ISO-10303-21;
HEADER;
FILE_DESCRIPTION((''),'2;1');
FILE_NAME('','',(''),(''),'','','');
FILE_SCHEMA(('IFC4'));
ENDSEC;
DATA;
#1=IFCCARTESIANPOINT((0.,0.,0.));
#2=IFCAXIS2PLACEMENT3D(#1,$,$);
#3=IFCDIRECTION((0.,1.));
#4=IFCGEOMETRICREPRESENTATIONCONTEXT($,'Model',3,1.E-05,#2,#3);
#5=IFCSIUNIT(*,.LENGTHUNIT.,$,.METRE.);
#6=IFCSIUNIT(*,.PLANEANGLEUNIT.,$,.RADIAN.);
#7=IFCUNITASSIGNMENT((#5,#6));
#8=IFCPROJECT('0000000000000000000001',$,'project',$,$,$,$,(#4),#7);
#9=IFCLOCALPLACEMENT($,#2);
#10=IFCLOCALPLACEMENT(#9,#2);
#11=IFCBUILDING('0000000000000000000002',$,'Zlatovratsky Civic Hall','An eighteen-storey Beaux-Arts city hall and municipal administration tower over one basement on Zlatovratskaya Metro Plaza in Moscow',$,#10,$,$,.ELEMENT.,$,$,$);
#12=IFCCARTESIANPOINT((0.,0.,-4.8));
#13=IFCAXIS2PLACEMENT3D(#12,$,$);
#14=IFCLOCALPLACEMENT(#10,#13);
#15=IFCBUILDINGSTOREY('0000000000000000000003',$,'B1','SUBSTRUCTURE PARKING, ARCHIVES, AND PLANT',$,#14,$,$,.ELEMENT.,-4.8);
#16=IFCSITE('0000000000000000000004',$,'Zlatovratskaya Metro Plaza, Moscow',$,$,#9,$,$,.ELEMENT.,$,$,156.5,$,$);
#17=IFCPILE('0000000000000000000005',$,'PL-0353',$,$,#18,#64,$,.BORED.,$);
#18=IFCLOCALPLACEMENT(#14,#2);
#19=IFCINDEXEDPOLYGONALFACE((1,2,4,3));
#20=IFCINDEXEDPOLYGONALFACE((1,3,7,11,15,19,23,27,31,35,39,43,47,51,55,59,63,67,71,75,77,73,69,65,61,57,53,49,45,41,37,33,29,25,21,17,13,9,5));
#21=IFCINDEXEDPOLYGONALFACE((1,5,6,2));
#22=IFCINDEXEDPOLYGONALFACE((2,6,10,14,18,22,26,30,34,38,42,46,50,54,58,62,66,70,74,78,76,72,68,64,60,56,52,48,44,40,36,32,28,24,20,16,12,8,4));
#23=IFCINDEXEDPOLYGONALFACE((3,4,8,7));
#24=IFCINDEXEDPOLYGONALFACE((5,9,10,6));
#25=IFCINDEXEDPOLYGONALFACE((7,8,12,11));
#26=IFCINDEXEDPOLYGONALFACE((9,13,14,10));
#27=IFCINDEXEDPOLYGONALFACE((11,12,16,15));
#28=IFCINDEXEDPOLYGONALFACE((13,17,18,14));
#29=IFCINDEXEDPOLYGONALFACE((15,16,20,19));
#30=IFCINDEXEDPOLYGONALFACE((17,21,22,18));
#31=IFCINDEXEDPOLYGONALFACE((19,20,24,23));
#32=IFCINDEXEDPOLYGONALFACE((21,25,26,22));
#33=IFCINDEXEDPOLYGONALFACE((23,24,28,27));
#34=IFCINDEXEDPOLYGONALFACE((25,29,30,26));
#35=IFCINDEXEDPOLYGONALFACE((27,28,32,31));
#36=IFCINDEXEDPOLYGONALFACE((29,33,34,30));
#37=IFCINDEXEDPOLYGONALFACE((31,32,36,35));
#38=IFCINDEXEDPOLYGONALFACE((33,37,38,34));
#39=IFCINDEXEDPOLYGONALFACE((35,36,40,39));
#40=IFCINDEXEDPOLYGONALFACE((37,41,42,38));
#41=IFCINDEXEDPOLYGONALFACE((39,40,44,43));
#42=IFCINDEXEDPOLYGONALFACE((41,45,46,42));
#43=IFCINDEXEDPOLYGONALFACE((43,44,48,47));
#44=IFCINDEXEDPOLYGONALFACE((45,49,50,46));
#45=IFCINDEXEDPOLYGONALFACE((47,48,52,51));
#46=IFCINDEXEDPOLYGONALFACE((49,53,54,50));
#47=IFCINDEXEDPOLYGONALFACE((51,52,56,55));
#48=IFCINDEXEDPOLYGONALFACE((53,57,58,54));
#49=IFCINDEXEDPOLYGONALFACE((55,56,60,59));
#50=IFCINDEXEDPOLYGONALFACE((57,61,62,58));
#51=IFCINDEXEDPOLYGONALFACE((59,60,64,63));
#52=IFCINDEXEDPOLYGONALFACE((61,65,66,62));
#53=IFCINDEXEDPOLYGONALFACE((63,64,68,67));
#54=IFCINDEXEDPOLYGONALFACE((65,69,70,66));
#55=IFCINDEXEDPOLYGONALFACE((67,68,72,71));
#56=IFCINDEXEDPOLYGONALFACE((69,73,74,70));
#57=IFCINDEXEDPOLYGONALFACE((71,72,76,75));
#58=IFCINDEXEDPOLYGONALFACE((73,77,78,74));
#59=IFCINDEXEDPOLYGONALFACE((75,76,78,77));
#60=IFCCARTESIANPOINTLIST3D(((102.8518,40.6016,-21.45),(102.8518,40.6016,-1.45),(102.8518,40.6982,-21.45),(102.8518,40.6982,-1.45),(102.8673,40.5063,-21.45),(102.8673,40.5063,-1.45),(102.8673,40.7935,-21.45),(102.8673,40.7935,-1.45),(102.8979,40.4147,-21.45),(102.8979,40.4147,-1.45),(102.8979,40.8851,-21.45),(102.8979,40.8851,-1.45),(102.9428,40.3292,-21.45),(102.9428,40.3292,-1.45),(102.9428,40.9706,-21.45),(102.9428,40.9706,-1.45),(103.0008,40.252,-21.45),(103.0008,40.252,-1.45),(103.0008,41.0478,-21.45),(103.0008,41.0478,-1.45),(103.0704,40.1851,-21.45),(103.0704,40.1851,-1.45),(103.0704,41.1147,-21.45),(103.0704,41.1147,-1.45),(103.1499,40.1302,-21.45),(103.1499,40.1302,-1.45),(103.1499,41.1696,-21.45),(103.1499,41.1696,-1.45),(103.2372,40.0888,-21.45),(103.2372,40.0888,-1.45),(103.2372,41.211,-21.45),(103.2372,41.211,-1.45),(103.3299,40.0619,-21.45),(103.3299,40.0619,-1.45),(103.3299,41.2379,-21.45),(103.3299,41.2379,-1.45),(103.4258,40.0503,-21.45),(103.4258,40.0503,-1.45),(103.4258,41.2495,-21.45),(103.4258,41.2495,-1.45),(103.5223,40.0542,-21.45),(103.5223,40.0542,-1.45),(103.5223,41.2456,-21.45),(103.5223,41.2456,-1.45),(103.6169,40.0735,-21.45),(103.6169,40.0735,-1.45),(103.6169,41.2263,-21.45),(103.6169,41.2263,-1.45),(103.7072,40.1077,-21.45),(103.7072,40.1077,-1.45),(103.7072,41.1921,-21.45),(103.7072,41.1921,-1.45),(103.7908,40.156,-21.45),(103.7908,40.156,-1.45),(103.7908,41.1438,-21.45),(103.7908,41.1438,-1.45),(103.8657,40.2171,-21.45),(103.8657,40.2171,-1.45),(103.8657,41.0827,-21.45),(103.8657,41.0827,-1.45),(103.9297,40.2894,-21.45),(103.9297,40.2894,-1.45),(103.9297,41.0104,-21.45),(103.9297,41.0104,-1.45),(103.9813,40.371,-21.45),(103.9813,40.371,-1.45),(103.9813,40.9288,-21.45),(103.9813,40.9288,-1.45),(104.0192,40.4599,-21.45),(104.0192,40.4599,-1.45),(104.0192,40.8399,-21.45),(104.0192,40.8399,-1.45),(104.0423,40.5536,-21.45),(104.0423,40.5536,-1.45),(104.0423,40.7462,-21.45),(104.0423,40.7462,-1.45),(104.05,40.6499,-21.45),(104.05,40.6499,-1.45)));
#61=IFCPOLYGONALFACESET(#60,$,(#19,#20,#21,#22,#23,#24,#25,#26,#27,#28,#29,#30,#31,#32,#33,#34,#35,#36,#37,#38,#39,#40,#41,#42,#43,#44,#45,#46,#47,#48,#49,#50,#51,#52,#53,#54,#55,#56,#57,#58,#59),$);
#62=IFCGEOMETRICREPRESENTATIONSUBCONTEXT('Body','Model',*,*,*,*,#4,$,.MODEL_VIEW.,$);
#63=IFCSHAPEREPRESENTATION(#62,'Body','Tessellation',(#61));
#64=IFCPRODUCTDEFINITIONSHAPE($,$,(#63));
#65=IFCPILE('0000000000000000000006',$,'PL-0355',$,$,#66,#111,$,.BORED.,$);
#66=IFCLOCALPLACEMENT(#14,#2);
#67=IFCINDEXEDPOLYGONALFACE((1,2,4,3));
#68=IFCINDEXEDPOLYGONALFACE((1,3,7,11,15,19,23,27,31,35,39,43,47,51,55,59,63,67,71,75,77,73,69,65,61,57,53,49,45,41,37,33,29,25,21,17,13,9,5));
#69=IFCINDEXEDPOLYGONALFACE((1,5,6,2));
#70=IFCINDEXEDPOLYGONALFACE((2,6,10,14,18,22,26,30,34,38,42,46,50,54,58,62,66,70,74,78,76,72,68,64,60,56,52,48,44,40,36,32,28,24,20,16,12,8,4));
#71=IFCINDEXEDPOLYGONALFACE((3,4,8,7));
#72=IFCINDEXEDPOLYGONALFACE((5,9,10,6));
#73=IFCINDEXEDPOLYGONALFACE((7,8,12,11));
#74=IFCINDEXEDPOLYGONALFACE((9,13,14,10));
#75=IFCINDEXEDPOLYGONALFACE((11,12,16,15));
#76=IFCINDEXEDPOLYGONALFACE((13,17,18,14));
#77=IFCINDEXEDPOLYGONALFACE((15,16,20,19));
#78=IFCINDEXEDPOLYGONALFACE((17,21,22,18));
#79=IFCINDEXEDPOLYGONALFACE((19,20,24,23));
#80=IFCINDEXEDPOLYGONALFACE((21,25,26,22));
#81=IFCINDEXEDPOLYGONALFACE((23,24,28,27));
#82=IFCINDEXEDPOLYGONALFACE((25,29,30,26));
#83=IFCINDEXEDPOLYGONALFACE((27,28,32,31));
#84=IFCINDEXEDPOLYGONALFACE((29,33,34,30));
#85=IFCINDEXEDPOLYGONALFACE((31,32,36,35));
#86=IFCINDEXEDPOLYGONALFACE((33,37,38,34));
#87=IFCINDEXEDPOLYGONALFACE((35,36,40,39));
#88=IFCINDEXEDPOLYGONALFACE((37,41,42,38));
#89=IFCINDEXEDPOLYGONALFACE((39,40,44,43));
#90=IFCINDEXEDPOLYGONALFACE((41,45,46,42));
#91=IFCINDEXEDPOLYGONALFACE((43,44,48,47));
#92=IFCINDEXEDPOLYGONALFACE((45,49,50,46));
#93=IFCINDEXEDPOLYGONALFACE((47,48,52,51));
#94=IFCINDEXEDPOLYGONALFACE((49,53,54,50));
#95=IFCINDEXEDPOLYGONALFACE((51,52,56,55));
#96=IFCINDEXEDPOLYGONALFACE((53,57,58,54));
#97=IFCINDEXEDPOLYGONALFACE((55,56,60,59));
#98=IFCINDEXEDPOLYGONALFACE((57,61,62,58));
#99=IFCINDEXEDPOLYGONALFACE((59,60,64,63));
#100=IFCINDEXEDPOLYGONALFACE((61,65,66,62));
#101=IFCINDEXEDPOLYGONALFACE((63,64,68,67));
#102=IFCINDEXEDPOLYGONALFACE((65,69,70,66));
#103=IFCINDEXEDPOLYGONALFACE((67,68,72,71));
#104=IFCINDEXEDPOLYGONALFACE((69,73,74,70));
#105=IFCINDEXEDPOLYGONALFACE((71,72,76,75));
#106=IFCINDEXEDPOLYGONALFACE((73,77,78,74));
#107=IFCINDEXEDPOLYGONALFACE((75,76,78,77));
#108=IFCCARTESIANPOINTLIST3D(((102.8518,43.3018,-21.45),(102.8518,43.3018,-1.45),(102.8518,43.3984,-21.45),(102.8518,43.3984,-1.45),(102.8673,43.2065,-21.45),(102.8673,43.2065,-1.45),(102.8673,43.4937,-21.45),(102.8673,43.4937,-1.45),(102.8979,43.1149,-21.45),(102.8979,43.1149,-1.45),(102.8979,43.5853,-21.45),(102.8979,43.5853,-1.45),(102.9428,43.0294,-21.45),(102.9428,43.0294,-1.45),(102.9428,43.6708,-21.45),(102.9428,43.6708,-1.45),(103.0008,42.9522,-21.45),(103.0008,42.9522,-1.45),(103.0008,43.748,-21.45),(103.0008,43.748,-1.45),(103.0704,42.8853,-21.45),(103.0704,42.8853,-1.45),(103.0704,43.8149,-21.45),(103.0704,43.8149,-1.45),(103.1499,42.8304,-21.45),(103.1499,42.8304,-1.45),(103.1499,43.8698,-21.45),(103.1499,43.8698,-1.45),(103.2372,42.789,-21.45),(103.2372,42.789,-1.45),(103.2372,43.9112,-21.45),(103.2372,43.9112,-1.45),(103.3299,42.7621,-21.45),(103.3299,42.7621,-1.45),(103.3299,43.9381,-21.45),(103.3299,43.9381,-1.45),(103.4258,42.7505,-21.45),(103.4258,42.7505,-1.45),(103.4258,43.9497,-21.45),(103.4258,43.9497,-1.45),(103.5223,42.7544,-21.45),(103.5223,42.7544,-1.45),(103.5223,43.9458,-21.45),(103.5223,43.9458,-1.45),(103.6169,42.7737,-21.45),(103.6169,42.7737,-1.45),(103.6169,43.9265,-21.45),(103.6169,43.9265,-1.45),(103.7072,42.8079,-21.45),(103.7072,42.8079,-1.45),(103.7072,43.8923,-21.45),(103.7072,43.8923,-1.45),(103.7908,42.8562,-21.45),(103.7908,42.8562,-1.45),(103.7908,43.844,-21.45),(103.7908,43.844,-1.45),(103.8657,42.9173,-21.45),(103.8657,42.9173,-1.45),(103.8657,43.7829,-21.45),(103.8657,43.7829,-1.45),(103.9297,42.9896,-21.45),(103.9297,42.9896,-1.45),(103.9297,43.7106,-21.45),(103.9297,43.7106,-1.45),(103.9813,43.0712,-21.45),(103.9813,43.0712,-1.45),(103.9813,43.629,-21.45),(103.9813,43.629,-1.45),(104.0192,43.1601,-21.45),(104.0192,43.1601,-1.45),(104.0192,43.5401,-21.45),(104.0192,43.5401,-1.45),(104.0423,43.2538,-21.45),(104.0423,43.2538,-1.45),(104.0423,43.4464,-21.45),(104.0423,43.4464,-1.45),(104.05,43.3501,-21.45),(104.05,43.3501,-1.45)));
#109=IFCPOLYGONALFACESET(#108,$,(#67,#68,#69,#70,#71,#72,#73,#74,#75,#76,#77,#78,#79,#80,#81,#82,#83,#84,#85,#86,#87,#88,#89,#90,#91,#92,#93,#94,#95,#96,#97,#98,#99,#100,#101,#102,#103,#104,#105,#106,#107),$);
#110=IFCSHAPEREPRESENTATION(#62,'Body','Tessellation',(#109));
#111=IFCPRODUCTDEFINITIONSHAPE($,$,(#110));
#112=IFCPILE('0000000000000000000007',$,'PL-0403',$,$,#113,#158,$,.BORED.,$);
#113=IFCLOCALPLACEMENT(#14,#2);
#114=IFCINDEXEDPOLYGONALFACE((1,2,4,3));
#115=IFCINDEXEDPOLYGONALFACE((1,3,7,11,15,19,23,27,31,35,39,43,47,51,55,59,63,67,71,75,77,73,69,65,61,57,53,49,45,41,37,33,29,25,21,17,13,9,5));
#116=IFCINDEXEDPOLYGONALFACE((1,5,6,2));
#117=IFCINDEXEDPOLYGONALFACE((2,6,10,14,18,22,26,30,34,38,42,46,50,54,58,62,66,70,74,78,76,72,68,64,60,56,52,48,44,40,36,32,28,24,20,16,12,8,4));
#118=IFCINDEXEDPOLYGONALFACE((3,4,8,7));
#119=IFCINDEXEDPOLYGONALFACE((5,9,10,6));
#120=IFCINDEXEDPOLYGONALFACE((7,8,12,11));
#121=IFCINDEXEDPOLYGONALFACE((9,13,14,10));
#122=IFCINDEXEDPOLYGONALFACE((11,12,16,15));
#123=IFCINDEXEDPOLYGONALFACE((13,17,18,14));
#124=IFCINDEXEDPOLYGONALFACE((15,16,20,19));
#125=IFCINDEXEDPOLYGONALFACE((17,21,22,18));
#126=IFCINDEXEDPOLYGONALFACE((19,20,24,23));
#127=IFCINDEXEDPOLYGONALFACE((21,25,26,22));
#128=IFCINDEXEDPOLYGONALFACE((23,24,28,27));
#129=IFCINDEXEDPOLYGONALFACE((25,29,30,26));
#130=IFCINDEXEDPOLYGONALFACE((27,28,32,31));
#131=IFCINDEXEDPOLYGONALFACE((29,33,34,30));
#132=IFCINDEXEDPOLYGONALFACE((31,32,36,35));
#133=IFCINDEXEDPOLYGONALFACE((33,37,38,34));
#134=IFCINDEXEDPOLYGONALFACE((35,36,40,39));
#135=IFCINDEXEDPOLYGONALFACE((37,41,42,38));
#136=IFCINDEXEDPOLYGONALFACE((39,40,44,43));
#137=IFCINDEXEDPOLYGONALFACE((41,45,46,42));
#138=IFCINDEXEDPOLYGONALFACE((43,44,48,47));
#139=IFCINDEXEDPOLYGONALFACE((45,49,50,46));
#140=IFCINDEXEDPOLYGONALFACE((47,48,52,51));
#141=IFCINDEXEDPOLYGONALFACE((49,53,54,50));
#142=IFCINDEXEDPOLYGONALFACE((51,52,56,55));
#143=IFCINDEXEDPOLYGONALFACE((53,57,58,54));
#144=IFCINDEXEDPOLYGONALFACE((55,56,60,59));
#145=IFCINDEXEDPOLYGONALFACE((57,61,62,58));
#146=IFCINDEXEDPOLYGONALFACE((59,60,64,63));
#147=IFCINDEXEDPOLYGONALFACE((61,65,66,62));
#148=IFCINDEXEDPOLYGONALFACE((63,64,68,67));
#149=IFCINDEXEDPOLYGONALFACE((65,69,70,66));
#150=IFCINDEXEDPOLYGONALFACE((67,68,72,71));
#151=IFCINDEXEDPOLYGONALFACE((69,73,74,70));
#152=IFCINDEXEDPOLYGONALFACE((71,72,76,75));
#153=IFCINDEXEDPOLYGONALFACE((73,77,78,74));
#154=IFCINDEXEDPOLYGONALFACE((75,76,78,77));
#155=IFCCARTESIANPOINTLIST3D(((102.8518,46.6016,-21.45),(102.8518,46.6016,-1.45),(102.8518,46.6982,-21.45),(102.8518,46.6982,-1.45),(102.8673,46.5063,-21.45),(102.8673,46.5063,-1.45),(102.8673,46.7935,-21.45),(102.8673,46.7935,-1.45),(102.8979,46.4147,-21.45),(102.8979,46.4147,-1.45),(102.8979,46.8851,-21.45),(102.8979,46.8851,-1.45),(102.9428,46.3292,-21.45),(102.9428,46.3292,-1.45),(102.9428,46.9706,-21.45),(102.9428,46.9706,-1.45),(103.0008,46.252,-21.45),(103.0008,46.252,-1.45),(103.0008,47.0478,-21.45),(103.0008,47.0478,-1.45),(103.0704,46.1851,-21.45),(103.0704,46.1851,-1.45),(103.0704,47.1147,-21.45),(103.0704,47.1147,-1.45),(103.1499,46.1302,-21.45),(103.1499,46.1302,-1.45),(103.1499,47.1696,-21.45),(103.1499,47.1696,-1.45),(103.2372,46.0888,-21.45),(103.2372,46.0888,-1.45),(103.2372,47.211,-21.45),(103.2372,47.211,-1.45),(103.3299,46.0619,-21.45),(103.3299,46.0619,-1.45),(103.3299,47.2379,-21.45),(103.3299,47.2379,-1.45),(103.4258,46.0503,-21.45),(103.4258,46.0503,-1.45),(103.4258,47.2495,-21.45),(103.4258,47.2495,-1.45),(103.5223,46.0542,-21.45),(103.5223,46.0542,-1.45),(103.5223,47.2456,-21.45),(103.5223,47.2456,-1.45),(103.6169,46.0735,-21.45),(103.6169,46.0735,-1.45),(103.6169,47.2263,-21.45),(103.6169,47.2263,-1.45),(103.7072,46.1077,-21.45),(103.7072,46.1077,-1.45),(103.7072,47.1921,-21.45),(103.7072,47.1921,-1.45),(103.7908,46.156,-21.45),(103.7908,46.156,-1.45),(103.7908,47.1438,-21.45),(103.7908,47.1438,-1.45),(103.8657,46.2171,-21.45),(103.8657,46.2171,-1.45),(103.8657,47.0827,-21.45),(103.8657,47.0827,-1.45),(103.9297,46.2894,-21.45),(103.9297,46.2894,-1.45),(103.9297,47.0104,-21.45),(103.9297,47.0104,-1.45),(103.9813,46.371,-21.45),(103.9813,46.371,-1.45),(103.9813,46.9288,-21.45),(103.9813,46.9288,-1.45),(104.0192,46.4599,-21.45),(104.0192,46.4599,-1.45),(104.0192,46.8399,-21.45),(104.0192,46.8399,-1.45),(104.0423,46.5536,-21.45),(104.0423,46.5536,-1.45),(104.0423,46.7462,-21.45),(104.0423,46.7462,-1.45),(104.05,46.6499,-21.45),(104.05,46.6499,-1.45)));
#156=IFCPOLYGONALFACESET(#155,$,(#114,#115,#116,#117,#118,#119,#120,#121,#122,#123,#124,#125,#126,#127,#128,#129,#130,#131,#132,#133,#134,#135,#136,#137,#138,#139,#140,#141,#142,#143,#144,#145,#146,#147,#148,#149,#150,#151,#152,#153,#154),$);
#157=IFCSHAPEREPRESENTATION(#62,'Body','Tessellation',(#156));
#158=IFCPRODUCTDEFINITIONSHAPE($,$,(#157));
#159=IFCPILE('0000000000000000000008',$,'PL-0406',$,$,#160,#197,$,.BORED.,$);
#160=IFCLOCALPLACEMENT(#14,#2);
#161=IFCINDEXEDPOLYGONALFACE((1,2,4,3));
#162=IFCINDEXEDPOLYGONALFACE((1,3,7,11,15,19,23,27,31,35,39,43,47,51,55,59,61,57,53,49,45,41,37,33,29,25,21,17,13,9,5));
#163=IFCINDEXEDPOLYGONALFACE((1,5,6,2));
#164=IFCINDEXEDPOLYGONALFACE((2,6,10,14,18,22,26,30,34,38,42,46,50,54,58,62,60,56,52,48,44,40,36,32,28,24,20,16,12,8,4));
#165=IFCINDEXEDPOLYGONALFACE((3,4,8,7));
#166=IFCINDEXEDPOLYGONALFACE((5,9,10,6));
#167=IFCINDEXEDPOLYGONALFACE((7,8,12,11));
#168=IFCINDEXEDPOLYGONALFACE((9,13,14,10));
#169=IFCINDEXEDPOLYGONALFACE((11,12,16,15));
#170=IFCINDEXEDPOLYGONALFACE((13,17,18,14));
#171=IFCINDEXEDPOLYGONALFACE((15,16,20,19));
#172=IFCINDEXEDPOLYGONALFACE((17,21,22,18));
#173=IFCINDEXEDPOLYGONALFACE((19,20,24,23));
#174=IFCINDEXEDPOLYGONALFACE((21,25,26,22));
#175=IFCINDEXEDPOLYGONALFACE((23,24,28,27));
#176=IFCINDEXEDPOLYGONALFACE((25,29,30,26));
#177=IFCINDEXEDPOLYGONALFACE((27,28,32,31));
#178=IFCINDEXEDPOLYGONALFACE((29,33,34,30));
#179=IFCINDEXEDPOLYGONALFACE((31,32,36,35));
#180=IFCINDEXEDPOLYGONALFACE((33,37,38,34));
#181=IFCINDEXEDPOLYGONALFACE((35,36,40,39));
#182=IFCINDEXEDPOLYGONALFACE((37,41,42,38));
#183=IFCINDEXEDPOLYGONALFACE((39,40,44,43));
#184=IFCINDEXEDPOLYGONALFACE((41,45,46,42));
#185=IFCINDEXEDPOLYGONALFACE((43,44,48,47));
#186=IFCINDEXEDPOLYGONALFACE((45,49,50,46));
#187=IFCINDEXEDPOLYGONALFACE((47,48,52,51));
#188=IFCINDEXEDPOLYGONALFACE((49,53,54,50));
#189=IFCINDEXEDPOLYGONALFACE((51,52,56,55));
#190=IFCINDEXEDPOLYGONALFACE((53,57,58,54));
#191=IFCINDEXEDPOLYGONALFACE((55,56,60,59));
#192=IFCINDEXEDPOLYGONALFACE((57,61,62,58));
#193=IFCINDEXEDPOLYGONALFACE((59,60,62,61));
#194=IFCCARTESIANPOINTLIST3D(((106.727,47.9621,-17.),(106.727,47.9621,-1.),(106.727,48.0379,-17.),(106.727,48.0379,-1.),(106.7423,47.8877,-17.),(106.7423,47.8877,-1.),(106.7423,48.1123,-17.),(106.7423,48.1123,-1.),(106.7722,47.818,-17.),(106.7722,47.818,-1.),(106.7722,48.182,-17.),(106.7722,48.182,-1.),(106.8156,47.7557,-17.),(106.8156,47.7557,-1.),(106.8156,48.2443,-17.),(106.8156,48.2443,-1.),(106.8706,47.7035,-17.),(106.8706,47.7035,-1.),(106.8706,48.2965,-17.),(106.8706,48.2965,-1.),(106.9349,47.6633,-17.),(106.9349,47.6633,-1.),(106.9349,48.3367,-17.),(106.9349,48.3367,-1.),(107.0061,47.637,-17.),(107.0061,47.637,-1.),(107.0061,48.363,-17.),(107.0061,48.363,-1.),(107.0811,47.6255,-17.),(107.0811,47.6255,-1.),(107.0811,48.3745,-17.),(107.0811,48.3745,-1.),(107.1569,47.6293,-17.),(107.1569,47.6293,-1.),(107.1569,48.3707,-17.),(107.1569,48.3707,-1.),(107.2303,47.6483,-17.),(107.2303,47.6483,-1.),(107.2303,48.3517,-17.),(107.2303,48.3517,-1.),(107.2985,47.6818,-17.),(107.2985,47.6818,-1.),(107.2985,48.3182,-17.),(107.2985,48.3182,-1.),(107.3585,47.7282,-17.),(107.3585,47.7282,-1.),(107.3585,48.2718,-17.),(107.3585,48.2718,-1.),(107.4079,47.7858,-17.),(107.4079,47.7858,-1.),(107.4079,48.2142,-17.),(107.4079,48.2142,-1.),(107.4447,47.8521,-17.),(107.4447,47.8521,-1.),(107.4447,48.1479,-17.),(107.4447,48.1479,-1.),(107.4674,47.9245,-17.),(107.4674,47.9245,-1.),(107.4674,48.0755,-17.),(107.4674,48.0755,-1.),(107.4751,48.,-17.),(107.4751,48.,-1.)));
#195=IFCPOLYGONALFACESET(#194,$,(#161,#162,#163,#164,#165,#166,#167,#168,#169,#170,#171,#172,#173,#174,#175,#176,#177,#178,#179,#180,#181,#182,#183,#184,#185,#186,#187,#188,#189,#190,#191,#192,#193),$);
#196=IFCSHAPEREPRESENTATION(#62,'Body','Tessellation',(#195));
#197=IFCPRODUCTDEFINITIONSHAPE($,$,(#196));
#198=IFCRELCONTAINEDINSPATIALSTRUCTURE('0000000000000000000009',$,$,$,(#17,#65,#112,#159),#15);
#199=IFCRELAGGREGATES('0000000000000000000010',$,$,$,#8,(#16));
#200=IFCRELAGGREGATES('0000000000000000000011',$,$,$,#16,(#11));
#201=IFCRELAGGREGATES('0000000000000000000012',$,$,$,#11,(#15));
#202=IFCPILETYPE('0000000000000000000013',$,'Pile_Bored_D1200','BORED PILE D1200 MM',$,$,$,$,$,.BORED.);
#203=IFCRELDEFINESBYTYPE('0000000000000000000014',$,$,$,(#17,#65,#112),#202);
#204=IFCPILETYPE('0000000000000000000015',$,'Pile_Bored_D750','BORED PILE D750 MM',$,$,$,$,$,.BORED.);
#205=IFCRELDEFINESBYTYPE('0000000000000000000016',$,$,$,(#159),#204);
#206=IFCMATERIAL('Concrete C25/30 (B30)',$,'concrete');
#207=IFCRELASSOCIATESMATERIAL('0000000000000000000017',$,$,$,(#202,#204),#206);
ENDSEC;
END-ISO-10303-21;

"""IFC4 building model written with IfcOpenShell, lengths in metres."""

from ifc_helpers import new_model, si_unit, direction, frame, origin, origin_2d, place, context, subcontext, project, spatial, circle, extrude, material, material_profile, profile_set, type_object, element, save


model = new_model("IFC4")

# Units and contexts
model_context = context("Model", 3, precision=1e-05, world=origin(), true_north=direction((0.0, 1.0)))
body_context = subcontext(model_context, "Body", "Model", "MODEL_VIEW")
ifc_project = project(units=[si_unit("LENGTHUNIT", "METRE"), si_unit("PLANEANGLEUNIT", "RADIAN")], contexts=[model_context])

# Site, building, storey
site_placement = place(None, origin())
site = spatial("IfcSite", under=ifc_project, at=site_placement, Name="Zlatovratskaya Metro Plaza, Moscow", CompositionType="ELEMENT", RefElevation=156.5)
building_placement = place(site_placement, origin())
building = spatial("IfcBuilding", under=site, at=building_placement, Name="Zlatovratsky Civic Hall", Description="An eighteen-storey Beaux-Arts city hall and municipal administration tower over one basement on Zlatovratskaya Metro Plaza in Moscow", CompositionType="ELEMENT")
storey_placement = place(building_placement, frame((0.0, 0.0, -4.8)))
storey = spatial("IfcBuildingStorey", under=building, at=storey_placement, Name="B1", Description="SUBSTRUCTURE PARKING, ARCHIVES, AND PLANT", CompositionType="ELEMENT", Elevation=-4.8)

# Shared definitions
ifc_material_1 = material(Name="Concrete C25/30 (B30)", Category="concrete")

# Piles
ifc_material_profile_1 = material_profile(ifc_material_1, circle(Radius=0.6001, at=origin_2d()), Name="PILE D1200")
ifc_profile_set_1 = profile_set([ifc_material_profile_1], Name="Concrete C25/30 (B30)")
pile_type_1 = type_object("IfcPileType", Name="Pile_Bored_D1200", Description="BORED PILE D1200 MM", PredefinedType="BORED", material=ifc_profile_set_1)
for number, where, z_axis, x_axis, name in (
    (1, (103.45, 40.6499, -1.45), (0.0, 0.0, -1.0), (1.0, 0.0, 0.0), "PL-0353"),
    (2, (103.45, 43.3501, -1.45), (0.0, 0.0, -1.0), (1.0, 0.0, 0.0), "PL-0355"),
    (3, (103.45, 46.6499, -1.45), (0.0, 0.0, -1.0), (1.0, 0.0, 0.0), "PL-0403"),
):
    element("IfcPile", number, at=place(storey_placement, frame(where, z_axis=z_axis, x_axis=x_axis)), inside=storey, type_object=pile_type_1, Name=name, PredefinedType="BORED", context=body_context, shape_type="SweptSolid", body=[
        extrude(circle(Radius=0.6001, at=origin_2d()), origin(), (0.0, 0.0, 1.0), 20.0),
    ])
ifc_material_profile_2 = material_profile(ifc_material_1, circle(Radius=0.375, at=origin_2d()), Name="PILE D750")
ifc_profile_set_2 = profile_set([ifc_material_profile_2], Name="Concrete C25/30 (B30)")
pile_type_2 = type_object("IfcPileType", Name="Pile_Bored_D750", Description="BORED PILE D750 MM", PredefinedType="BORED", material=ifc_profile_set_2)
pile_1_placement = place(storey_placement, frame((107.1001, 48.0, -1.0), z_axis=(0.0, 0.0, -1.0), x_axis=(1.0, 0.0, 0.0)))
element("IfcPile", 4, at=pile_1_placement, inside=storey, type_object=pile_type_2, Name="PL-0406", PredefinedType="BORED", context=body_context, shape_type="SweptSolid", body=[
    extrude(circle(Radius=0.375, at=origin_2d()), origin(), (0.0, 0.0, 1.0), 16.0),
])

save(model, "model.ifc")
